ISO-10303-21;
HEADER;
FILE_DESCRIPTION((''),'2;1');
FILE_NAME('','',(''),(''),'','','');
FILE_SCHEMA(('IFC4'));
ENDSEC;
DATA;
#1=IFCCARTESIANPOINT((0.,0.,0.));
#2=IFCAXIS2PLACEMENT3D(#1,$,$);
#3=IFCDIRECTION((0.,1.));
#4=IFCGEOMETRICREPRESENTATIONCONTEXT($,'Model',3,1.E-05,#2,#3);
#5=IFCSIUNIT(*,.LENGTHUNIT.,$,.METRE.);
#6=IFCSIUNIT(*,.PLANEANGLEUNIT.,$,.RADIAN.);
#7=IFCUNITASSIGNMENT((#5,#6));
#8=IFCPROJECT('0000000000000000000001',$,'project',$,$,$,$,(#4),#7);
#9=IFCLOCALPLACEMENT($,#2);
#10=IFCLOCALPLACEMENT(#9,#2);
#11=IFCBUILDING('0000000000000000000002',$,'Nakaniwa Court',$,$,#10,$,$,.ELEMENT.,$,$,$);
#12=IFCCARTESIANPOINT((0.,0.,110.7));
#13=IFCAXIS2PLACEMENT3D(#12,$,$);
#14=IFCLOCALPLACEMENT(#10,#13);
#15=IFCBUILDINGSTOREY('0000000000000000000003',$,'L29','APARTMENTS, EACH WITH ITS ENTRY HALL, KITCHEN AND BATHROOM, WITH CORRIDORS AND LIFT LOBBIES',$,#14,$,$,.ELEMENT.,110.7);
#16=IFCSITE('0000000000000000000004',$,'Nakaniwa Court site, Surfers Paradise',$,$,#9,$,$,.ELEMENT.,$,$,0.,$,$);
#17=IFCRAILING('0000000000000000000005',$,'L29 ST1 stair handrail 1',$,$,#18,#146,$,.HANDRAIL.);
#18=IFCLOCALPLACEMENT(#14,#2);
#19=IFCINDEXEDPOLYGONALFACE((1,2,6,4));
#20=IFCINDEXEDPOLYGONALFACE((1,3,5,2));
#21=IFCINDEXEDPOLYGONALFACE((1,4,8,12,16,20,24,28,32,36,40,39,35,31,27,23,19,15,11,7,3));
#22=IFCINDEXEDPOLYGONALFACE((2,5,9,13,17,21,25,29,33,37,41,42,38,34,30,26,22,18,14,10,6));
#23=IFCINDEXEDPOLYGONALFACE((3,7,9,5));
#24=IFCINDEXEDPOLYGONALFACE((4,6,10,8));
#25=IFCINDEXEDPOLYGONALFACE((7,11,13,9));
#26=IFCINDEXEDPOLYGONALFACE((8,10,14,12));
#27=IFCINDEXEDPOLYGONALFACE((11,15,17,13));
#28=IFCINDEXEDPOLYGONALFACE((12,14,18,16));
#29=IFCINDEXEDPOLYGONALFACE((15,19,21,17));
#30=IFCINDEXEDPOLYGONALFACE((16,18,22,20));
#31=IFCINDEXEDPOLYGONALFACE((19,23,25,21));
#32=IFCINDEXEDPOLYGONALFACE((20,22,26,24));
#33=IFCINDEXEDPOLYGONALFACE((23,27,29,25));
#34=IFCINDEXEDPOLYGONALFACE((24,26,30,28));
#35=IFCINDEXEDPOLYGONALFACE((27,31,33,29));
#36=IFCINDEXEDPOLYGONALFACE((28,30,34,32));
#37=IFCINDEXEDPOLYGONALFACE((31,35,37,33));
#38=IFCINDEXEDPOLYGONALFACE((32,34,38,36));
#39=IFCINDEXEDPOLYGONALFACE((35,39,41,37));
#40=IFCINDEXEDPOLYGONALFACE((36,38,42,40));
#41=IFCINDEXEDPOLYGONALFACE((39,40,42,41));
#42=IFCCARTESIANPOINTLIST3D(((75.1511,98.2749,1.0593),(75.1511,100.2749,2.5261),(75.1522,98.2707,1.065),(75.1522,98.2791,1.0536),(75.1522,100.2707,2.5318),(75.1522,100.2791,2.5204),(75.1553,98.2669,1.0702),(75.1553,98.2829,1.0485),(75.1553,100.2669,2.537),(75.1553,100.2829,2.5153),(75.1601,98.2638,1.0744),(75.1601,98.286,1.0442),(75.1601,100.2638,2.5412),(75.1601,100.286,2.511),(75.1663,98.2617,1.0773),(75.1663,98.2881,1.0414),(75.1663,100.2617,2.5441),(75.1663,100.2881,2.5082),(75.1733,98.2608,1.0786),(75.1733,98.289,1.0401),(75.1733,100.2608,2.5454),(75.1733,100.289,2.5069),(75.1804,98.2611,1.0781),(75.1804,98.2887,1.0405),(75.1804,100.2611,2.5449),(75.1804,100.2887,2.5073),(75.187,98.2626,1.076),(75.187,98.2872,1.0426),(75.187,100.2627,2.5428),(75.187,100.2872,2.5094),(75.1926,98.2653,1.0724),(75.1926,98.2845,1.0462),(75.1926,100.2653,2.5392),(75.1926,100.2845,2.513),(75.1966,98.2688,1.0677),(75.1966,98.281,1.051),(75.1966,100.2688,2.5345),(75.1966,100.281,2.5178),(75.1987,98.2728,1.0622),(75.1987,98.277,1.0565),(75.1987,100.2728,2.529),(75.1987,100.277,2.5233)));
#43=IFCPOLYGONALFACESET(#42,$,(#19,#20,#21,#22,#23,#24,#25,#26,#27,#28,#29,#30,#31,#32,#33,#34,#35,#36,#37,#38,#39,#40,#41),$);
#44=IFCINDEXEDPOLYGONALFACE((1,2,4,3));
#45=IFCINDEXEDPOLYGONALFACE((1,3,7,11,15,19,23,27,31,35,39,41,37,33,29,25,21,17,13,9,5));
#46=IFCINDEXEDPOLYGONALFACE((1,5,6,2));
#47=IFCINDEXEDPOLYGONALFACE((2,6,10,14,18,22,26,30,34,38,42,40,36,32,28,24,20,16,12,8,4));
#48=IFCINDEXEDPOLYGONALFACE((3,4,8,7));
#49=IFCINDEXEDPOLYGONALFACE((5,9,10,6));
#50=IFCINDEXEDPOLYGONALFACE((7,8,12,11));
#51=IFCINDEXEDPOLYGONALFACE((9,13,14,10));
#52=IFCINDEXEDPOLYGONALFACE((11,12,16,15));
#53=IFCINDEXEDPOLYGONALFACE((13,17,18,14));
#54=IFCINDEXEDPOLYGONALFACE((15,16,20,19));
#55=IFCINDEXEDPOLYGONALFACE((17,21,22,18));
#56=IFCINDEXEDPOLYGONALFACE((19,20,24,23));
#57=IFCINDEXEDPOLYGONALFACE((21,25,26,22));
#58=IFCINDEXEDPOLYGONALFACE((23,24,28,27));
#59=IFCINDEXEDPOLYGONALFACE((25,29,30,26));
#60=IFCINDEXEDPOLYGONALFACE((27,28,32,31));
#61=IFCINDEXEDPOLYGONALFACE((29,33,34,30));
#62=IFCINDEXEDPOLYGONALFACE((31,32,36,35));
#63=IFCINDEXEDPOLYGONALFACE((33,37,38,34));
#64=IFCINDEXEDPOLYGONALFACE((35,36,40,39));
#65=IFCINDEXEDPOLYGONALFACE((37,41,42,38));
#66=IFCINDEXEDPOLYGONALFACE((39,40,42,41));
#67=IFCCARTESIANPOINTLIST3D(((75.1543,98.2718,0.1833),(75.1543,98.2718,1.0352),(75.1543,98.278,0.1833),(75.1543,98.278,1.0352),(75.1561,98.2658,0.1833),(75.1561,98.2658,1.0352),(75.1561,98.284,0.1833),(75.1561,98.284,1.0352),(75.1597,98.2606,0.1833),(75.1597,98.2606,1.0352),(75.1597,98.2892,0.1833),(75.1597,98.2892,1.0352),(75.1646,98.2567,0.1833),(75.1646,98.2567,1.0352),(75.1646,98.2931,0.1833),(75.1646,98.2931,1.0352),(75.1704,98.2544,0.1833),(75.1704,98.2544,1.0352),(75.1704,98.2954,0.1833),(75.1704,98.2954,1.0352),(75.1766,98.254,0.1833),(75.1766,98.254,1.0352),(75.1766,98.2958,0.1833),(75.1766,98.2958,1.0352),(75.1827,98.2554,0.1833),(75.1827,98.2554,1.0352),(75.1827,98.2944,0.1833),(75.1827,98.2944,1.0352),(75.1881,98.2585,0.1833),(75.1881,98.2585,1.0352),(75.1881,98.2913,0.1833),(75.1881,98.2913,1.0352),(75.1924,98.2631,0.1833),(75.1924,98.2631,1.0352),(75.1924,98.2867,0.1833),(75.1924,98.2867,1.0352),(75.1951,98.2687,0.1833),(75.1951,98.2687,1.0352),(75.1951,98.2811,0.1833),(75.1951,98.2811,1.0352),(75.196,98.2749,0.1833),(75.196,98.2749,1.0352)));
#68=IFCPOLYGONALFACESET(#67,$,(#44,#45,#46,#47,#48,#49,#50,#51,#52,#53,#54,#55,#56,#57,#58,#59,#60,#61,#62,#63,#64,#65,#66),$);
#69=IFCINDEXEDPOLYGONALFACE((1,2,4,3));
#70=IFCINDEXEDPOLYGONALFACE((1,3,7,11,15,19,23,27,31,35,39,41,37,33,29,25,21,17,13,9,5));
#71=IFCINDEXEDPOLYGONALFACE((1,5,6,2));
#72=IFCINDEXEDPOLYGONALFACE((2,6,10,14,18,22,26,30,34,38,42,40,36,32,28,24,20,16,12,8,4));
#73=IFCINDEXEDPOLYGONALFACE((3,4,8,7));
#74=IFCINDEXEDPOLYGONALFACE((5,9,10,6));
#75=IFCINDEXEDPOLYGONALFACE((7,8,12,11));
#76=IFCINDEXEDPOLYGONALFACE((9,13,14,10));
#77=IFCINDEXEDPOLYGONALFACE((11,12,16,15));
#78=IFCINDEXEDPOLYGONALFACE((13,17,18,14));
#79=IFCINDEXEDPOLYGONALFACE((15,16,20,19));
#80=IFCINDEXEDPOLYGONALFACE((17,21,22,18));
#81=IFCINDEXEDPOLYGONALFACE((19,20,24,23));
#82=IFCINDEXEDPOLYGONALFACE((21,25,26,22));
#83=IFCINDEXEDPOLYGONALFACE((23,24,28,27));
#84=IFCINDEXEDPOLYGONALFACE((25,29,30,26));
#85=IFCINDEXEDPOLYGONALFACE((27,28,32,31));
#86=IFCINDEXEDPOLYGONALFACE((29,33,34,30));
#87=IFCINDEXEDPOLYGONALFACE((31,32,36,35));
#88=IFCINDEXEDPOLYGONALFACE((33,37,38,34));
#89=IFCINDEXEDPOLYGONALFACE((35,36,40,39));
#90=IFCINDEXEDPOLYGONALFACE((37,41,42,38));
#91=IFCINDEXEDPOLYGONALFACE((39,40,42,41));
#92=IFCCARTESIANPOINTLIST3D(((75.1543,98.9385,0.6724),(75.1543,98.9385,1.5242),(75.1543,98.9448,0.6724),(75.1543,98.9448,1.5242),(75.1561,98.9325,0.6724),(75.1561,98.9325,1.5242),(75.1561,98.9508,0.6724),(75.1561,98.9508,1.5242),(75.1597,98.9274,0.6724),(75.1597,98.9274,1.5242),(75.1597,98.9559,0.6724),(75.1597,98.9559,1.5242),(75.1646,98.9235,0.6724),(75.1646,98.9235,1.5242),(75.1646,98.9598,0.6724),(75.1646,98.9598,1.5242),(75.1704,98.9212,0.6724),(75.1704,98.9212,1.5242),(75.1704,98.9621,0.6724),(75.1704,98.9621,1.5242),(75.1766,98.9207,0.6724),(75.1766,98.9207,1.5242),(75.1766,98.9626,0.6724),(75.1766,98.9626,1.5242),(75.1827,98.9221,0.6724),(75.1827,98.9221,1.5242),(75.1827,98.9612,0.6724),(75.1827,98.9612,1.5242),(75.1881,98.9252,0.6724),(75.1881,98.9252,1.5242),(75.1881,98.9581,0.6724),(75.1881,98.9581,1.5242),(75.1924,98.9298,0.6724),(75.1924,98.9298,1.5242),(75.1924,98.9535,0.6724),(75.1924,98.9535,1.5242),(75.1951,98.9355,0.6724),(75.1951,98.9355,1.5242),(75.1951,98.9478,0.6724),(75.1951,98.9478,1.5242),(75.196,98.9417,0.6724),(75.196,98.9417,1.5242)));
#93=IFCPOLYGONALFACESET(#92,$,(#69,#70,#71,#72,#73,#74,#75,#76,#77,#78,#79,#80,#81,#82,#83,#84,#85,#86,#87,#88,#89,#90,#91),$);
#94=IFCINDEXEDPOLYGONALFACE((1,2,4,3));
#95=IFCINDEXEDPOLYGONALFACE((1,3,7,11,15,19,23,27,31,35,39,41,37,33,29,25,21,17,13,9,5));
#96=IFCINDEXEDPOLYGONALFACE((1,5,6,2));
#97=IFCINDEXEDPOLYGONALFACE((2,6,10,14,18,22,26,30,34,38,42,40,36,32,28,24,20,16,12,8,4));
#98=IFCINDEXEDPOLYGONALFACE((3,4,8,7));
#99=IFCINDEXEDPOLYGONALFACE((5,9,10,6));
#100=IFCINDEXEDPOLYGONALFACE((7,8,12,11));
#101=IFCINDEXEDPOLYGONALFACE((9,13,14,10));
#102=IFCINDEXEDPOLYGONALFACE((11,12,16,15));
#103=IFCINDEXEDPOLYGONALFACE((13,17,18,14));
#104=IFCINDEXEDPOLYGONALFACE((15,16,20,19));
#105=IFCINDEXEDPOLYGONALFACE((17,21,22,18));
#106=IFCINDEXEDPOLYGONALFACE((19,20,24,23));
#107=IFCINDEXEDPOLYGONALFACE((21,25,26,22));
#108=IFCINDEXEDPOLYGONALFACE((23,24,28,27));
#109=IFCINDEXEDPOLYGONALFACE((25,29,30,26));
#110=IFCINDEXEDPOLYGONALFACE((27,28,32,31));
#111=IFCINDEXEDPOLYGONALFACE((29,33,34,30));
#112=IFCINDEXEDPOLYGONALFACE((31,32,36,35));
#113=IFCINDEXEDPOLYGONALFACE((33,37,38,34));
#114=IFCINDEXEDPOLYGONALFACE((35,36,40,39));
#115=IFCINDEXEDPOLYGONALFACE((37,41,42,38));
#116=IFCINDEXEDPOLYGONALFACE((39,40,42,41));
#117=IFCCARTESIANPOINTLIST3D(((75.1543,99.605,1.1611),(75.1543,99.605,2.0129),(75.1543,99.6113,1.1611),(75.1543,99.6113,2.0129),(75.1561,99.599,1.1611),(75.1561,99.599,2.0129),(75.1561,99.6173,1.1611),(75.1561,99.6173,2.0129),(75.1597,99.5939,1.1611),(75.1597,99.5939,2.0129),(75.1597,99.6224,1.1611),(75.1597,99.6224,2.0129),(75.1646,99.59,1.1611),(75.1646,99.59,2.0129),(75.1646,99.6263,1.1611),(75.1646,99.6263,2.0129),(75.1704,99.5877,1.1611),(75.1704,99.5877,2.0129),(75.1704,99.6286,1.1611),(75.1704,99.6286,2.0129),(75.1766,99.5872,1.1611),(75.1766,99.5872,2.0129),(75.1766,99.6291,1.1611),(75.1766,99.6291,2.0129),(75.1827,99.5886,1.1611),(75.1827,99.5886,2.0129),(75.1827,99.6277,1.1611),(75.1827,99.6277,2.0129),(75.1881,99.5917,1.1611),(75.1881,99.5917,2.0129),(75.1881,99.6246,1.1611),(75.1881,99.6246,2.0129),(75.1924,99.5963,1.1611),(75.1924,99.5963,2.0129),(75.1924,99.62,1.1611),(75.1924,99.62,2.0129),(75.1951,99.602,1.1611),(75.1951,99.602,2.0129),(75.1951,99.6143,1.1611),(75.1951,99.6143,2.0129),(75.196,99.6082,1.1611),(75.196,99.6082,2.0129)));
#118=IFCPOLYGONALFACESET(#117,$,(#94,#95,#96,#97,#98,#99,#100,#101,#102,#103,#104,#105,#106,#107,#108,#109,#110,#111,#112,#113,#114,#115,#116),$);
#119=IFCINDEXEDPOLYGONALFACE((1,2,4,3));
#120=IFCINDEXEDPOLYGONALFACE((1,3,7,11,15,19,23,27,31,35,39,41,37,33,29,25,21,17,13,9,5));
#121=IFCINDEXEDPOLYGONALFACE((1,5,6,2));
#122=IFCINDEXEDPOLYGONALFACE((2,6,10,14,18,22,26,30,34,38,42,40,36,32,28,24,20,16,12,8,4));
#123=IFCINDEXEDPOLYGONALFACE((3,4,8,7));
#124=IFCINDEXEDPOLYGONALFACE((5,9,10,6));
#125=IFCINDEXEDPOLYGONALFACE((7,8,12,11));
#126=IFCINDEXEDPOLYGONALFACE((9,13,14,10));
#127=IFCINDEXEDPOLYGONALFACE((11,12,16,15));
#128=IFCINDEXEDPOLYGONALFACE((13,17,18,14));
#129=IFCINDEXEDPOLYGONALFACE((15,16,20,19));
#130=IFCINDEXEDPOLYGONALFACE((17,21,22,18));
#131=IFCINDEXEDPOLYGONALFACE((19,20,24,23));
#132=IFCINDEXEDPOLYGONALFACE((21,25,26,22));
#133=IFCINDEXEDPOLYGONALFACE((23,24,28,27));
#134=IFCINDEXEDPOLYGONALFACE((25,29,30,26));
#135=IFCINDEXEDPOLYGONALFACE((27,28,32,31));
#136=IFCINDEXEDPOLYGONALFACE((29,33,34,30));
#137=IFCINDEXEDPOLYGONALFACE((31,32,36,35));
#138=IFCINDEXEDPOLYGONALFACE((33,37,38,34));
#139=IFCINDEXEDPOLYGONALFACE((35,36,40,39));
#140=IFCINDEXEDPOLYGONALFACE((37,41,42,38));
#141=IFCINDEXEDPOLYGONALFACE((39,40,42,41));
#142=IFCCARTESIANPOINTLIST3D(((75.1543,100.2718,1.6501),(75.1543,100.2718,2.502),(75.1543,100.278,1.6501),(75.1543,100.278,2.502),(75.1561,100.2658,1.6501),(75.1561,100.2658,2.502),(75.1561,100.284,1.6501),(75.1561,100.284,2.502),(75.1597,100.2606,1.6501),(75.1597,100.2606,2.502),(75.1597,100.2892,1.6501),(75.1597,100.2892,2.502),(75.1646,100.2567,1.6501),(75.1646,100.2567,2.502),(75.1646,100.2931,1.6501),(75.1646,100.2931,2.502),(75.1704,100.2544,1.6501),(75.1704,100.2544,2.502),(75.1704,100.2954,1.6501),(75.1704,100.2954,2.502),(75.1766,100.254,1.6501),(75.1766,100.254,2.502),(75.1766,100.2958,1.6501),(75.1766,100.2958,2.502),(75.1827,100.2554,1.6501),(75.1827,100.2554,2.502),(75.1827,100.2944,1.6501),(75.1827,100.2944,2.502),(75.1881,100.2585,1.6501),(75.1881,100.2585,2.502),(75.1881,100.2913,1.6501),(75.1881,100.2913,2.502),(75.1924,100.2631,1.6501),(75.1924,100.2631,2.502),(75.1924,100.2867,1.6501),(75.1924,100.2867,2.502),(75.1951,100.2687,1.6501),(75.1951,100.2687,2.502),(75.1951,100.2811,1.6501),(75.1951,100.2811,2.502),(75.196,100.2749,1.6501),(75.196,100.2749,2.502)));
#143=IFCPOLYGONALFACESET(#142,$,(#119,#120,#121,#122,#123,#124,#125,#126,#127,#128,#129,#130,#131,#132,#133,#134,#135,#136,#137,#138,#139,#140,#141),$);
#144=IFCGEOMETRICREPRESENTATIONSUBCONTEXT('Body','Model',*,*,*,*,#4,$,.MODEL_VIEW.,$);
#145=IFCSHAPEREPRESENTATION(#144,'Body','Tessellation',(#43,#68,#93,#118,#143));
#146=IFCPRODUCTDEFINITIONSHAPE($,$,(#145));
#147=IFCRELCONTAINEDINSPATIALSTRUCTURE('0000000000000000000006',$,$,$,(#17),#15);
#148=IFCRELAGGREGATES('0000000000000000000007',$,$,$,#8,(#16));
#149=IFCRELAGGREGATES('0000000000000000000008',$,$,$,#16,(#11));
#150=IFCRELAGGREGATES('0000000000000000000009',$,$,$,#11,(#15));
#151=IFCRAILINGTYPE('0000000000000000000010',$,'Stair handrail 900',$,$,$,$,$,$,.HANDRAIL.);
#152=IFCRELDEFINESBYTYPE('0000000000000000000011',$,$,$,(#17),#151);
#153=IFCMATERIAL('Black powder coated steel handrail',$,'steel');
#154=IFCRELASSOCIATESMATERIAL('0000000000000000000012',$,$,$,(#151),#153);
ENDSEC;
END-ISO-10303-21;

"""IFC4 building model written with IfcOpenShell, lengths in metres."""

from ifc_helpers import new_model, si_unit, direction, frame, origin, origin_2d, place, context, subcontext, project, spatial, circle, extrude, material, type_object, element, save


model = new_model("IFC4")

# Units and contexts
model_context = context("Model", 3, precision=1e-05, world=origin(), true_north=direction((0.0, 1.0)))
body_context = subcontext(model_context, "Body", "Model", "MODEL_VIEW")
ifc_project = project(units=[si_unit("LENGTHUNIT", "METRE"), si_unit("PLANEANGLEUNIT", "RADIAN")], contexts=[model_context])

# Site, building, storey
site_placement = place(None, origin())
site = spatial("IfcSite", under=ifc_project, at=site_placement, Name="Nakaniwa Court site, Surfers Paradise", CompositionType="ELEMENT", RefElevation=0.0)
building_placement = place(site_placement, origin())
building = spatial("IfcBuilding", under=site, at=building_placement, Name="Nakaniwa Court", CompositionType="ELEMENT")
storey_placement = place(building_placement, frame((0.0, 0.0, 110.7)))
storey = spatial("IfcBuildingStorey", under=building, at=storey_placement, Name="L29", Description="APARTMENTS, EACH WITH ITS ENTRY HALL, KITCHEN AND BATHROOM, WITH CORRIDORS AND LIFT LOBBIES", CompositionType="ELEMENT", Elevation=110.7)

# Railing
ifc_material_1 = material(Name="Black powder coated steel handrail", Category="steel")
railing_type_1 = type_object("IfcRailingType", Name="Stair handrail 900", PredefinedType="HANDRAIL", material=ifc_material_1)
railing_1_placement = place(storey_placement, frame((75.175, 98.2749, 0.1833)))
element("IfcRailing", 1, at=railing_1_placement, inside=storey, type_object=railing_type_1, Name="L29 ST1 stair handrail 1", PredefinedType="HANDRAIL", context=body_context, shape_type="SweptSolid", body=[
    extrude(circle(Radius=0.0239, at=origin_2d()), frame((0.0, 0.0, 0.876), z_axis=(0.0, 0.80638, 0.591398), x_axis=(-1.0, 0.0, 0.0)), (0.0, 0.0, 1.0), 2.4802),
    extrude(circle(Radius=0.021, at=origin_2d()), origin(), (0.0, 0.0, 1.0), 0.8518),
    extrude(circle(Radius=0.021, at=origin_2d()), frame((0.0, 0.6667, 0.489)), (0.0, 0.0, 1.0), 0.8518),
    extrude(circle(Radius=0.021, at=origin_2d()), frame((0.0, 1.3333, 0.9778)), (0.0, 0.0, 1.0), 0.8518),
    extrude(circle(Radius=0.021, at=origin_2d()), frame((0.0, 2.0, 1.4668)), (0.0, 0.0, 1.0), 0.8518),
])

save(model, "model.ifc")
